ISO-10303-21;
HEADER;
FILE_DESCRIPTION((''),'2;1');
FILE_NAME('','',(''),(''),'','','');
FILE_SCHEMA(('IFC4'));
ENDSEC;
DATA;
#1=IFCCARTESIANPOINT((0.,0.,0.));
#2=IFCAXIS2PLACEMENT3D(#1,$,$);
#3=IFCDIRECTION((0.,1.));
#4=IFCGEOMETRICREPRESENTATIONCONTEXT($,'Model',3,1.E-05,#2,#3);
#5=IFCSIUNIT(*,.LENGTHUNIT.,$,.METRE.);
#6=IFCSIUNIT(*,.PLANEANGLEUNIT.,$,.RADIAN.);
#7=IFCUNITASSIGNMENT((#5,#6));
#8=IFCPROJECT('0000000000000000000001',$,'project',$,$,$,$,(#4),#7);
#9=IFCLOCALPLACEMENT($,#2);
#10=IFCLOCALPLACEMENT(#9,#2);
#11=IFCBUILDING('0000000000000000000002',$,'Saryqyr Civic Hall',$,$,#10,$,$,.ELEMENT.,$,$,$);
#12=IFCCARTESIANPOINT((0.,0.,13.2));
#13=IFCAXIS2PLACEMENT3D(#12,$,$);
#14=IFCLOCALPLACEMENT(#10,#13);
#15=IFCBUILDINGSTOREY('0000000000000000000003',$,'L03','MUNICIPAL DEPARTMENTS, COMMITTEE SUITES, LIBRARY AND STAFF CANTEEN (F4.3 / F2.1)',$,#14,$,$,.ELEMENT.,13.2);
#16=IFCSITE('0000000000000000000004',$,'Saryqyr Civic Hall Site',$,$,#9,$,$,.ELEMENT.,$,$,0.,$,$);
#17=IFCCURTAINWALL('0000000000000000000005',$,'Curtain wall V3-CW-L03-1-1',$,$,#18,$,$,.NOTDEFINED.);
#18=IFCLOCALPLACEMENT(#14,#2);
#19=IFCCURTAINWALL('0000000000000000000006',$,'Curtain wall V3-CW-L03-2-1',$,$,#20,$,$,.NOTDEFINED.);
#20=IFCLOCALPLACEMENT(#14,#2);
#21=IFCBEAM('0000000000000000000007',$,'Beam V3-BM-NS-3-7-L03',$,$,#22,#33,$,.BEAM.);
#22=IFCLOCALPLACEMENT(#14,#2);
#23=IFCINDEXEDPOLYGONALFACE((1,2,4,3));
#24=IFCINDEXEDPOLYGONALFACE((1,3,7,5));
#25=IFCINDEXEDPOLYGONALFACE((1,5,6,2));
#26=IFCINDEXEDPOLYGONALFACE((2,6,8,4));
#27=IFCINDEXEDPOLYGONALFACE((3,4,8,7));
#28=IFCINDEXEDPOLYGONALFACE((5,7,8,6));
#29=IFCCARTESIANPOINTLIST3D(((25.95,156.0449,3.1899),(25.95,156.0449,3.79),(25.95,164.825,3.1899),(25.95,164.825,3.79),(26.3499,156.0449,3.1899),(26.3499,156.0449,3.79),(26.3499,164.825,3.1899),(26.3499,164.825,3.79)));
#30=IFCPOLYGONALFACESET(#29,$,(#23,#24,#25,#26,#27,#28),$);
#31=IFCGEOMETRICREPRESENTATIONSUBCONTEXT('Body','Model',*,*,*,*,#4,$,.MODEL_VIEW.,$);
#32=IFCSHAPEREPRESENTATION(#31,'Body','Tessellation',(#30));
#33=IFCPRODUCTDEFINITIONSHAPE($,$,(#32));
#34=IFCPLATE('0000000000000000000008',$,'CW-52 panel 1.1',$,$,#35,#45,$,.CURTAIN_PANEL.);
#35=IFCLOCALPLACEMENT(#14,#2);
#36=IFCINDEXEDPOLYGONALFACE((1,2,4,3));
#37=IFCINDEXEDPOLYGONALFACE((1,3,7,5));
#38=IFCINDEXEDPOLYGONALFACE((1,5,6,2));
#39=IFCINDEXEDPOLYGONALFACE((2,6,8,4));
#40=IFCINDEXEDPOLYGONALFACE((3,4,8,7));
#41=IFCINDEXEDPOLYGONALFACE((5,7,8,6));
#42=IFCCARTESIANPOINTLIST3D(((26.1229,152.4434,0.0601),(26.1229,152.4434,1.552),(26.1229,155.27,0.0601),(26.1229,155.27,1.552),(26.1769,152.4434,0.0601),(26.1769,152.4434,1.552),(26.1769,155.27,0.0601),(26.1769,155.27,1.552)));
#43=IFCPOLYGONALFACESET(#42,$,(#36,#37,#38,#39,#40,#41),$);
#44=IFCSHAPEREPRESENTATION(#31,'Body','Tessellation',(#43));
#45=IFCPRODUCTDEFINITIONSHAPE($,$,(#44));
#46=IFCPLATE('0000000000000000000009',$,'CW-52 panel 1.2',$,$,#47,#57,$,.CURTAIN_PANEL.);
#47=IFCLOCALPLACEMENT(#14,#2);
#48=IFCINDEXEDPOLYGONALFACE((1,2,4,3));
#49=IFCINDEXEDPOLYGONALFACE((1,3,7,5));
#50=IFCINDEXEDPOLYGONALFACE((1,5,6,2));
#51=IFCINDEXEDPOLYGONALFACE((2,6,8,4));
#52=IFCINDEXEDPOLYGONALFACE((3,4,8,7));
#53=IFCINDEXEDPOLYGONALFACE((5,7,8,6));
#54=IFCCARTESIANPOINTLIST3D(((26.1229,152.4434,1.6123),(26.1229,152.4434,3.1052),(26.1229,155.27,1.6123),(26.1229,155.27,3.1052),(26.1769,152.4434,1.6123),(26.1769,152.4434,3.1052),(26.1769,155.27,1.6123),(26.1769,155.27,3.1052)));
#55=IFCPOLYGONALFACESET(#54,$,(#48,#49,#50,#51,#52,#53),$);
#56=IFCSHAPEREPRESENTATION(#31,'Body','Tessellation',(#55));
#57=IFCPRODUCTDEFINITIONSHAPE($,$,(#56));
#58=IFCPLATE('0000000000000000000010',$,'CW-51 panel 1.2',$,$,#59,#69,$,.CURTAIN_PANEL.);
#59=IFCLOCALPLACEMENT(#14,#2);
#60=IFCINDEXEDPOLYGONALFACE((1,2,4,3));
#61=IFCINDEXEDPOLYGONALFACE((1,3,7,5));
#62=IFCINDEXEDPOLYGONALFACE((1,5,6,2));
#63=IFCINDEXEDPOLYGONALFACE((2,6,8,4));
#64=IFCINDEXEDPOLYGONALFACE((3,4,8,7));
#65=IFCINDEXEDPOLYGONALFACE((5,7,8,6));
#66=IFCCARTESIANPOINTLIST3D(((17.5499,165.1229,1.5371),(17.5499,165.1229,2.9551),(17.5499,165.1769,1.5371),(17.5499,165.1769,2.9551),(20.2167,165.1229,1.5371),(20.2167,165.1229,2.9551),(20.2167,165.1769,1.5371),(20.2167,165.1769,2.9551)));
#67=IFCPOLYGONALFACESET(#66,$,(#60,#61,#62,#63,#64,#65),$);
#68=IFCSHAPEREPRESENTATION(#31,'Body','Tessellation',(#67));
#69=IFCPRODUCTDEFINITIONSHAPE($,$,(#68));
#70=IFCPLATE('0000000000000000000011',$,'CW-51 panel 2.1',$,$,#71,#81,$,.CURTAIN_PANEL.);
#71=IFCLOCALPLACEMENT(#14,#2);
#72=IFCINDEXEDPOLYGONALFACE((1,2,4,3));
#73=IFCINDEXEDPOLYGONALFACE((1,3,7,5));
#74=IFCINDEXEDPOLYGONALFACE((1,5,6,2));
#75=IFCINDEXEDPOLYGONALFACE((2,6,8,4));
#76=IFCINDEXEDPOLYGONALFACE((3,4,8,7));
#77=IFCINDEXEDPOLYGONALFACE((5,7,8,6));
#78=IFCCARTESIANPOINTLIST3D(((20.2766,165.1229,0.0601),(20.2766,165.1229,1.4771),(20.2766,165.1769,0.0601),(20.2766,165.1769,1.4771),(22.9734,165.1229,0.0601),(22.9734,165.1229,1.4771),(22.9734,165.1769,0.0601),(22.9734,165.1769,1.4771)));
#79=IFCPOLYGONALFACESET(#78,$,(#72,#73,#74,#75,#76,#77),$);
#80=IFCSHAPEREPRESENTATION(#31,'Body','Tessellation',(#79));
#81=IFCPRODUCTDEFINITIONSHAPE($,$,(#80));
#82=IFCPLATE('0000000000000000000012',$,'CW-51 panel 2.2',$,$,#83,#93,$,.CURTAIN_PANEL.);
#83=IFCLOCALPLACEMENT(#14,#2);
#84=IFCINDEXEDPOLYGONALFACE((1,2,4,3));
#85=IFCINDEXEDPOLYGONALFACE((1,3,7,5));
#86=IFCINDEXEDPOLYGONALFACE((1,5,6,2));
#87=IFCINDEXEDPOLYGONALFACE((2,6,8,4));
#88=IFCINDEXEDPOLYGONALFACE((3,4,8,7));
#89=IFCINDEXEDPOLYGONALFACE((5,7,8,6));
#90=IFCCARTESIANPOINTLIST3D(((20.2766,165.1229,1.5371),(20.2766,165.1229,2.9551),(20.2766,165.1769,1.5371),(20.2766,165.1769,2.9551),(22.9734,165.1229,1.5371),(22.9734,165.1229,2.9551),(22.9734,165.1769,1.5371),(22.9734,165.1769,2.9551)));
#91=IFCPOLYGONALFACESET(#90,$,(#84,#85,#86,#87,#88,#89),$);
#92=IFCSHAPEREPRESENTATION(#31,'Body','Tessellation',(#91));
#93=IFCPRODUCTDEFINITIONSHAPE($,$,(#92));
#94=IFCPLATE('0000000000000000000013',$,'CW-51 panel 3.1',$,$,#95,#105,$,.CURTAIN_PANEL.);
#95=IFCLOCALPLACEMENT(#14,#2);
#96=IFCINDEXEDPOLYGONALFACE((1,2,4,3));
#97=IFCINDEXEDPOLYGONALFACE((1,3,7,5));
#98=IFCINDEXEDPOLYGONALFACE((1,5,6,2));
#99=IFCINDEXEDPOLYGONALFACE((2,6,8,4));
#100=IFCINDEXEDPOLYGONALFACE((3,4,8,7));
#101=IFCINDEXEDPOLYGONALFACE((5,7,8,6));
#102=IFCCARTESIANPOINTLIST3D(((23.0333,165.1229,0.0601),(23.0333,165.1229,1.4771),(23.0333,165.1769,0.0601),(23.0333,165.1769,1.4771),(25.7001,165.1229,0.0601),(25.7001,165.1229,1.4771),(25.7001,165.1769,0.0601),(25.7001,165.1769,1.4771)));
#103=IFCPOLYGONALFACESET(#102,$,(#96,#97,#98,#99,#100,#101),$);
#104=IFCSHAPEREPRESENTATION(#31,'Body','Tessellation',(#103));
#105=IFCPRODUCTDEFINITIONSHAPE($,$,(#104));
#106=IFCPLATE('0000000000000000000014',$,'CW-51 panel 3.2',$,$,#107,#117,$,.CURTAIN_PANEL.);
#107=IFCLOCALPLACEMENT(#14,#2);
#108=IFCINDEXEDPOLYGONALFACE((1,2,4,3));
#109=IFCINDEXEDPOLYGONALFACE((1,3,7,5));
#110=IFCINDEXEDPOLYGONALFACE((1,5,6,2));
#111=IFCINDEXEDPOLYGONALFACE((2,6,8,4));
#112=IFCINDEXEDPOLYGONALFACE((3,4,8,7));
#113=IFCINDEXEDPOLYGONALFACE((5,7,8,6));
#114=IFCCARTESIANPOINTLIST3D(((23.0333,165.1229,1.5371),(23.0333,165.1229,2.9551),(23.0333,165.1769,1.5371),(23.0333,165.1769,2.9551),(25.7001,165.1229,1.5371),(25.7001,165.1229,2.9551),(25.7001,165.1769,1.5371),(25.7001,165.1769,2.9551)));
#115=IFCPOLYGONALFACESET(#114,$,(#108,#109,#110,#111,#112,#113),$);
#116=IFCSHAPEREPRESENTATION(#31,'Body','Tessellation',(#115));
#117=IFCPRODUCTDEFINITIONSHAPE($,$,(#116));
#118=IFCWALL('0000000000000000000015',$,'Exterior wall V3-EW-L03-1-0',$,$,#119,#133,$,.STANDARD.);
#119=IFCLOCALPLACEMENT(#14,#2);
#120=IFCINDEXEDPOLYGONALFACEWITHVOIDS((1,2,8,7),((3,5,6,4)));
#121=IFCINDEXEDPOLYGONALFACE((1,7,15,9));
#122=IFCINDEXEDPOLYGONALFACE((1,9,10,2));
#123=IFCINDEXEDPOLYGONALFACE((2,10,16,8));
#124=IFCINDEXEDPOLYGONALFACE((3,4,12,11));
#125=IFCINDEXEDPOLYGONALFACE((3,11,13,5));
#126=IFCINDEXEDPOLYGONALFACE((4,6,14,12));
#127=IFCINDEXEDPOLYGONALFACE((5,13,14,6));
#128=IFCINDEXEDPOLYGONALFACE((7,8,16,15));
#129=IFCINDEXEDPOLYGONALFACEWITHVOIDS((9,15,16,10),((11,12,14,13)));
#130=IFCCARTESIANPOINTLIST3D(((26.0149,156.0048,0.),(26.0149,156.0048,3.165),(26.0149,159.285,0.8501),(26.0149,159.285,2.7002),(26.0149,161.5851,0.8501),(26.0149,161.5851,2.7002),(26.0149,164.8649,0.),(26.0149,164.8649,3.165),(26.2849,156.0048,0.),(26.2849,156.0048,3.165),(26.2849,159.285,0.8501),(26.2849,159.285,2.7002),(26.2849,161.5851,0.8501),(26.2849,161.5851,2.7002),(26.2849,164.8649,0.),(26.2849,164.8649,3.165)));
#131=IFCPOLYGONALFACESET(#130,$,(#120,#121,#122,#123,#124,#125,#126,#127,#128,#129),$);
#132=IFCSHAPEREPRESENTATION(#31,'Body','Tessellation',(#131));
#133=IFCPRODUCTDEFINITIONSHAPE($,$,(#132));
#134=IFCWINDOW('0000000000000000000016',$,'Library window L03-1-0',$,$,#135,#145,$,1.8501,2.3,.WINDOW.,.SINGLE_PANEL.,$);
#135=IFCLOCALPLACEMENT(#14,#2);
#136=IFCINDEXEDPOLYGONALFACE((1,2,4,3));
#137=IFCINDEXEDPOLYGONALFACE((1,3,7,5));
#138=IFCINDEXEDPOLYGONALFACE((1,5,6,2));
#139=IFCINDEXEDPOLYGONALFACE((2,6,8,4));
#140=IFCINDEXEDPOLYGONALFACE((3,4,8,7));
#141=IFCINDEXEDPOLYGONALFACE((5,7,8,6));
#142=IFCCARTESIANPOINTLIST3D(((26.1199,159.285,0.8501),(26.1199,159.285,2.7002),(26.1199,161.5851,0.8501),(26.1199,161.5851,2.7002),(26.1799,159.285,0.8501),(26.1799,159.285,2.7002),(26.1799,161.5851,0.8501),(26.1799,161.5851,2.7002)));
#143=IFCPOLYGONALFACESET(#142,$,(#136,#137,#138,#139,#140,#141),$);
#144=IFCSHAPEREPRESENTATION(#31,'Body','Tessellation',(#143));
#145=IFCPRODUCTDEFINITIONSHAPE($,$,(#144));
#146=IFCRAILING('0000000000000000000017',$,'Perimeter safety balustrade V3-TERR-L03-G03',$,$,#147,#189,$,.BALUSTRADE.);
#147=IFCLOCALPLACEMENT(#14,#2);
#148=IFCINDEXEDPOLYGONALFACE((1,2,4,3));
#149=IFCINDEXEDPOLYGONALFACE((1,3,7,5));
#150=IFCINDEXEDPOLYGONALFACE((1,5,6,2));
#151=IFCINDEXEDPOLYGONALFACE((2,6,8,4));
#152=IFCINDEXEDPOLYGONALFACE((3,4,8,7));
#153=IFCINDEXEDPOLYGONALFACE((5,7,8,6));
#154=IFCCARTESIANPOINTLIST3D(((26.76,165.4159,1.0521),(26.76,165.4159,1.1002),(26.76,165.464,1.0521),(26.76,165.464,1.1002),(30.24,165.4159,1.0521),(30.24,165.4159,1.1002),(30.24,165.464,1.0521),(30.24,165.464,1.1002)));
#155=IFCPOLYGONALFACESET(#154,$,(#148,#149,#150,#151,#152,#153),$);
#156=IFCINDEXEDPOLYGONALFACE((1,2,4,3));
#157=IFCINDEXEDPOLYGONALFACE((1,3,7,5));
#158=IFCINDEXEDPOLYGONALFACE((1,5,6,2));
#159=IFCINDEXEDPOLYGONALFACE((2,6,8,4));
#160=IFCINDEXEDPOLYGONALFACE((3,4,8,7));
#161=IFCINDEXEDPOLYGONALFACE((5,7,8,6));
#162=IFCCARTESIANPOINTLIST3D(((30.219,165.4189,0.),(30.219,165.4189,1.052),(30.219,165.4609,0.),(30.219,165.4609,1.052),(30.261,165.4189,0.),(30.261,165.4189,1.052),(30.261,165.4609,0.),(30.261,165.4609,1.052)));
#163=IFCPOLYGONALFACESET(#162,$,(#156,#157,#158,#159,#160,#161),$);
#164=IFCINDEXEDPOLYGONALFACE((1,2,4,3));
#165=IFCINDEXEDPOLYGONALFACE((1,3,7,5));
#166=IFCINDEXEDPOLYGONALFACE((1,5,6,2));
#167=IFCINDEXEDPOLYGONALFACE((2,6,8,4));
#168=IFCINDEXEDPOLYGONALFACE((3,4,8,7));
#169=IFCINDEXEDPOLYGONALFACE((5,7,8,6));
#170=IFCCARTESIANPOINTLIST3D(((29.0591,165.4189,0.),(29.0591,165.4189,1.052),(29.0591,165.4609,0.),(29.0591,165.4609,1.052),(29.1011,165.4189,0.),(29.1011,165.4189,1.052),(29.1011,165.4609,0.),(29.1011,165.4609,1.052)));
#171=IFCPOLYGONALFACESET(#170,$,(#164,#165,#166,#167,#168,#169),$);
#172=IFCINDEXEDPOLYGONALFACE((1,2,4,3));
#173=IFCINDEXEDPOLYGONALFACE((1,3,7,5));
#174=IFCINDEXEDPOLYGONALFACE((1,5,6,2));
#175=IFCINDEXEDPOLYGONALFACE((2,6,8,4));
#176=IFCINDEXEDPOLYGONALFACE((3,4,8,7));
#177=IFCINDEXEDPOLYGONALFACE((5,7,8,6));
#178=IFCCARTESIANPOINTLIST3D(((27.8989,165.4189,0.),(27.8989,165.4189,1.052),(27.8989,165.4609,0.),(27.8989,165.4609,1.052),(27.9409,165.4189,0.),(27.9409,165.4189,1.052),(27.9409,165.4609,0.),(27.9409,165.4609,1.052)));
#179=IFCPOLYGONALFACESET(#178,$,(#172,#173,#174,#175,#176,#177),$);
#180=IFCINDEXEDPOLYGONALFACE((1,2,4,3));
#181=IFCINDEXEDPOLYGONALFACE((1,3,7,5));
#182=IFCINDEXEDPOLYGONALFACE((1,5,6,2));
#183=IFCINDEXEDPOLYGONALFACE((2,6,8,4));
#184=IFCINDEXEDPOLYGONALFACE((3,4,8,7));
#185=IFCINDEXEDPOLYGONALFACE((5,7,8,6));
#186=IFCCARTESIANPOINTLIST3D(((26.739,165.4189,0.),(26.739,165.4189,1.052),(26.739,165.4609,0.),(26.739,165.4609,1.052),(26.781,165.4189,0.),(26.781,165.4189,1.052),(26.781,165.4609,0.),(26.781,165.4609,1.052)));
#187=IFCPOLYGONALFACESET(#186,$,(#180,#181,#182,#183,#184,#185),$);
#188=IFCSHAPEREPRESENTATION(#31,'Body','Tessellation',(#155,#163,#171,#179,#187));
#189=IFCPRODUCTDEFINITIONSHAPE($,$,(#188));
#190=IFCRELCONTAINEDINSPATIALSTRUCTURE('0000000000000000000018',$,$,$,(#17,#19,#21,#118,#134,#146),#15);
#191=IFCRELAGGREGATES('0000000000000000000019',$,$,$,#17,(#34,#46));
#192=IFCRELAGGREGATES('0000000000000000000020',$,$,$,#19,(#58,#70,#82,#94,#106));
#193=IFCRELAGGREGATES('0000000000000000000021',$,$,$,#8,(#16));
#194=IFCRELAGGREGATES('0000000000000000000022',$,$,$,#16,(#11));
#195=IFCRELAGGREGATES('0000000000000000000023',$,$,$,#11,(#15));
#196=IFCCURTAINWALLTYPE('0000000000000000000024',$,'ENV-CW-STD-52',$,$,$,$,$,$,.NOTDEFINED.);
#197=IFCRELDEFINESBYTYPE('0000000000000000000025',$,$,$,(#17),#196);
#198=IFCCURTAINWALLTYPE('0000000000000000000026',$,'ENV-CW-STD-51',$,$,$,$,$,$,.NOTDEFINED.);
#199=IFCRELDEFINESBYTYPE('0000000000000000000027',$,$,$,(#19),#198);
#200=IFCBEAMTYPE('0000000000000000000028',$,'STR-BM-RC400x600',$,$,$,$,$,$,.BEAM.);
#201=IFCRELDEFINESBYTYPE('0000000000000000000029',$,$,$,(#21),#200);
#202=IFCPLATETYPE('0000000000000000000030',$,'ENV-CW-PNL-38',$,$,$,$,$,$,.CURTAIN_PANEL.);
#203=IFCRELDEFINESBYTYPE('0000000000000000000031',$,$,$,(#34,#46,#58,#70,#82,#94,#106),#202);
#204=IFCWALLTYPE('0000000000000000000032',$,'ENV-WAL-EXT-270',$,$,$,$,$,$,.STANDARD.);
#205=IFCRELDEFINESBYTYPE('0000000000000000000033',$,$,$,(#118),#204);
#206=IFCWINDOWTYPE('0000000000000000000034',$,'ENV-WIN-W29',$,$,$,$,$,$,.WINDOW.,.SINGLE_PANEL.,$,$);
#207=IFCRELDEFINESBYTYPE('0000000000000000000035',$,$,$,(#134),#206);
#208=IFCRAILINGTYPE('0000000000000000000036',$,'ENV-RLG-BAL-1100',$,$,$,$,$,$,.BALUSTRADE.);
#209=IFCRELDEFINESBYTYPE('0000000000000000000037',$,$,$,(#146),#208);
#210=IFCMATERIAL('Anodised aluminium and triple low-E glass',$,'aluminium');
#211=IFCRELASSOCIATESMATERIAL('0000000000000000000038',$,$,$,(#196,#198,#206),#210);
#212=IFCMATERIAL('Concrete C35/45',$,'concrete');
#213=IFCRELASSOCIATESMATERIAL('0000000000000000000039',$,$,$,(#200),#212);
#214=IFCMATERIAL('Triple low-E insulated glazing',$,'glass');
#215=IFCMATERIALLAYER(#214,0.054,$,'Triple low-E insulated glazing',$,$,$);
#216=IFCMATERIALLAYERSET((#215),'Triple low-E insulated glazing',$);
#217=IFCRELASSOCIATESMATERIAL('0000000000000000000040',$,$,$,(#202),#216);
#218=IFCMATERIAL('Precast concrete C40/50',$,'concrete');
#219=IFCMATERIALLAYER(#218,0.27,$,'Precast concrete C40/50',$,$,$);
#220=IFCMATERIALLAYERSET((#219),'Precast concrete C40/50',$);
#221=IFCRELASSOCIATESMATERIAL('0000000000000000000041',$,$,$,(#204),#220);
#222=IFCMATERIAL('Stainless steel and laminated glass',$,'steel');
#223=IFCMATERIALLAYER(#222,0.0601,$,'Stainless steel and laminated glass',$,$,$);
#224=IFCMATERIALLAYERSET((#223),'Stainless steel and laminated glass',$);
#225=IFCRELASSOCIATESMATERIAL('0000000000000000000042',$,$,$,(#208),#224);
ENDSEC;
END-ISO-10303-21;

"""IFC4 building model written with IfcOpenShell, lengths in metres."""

from ifc_helpers import new_model, si_unit, direction, frame, frame_2d, origin, origin_2d, place, context, subcontext, project, spatial, rectangle, extrude, material, layer, layer_set, material_profile, profile_set, type_object, element, fill, aggregate, save


model = new_model("IFC4")

# Units and contexts
model_context = context("Model", 3, precision=1e-05, world=origin(), true_north=direction((0.0, 1.0)))
body_context = subcontext(model_context, "Body", "Model", "MODEL_VIEW")
ifc_project = project(units=[si_unit("LENGTHUNIT", "METRE"), si_unit("PLANEANGLEUNIT", "RADIAN")], contexts=[model_context])

# Site, building, storey
site_placement = place(None, origin())
site = spatial("IfcSite", under=ifc_project, at=site_placement, Name="Saryqyr Civic Hall Site", CompositionType="ELEMENT", RefElevation=0.0)
building_placement = place(site_placement, origin())
building = spatial("IfcBuilding", under=site, at=building_placement, Name="Saryqyr Civic Hall", CompositionType="ELEMENT")
storey_placement = place(building_placement, frame((0.0, 0.0, 13.2)))
storey = spatial("IfcBuildingStorey", under=building, at=storey_placement, Name="L03", Description="MUNICIPAL DEPARTMENTS, COMMITTEE SUITES, LIBRARY AND STAFF CANTEEN (F4.3 / F2.1)", CompositionType="ELEMENT", Elevation=13.2)

# Curtain wall
ifc_material_1 = material(Name="Anodised aluminium and triple low-E glass", Category="aluminium")
curtain_wall_type_1 = type_object("IfcCurtainWallType", Name="ENV-CW-STD-52", PredefinedType="NOTDEFINED", material=ifc_material_1)
curtain_wall_1_placement = place(storey_placement, origin())
curtain_wall_1 = element("IfcCurtainWall", 1, at=curtain_wall_1_placement, inside=storey, type_object=curtain_wall_type_1, Name="Curtain wall V3-CW-L03-1-1", PredefinedType="NOTDEFINED")

# Curtain wall
curtain_wall_type_2 = type_object("IfcCurtainWallType", Name="ENV-CW-STD-51", PredefinedType="NOTDEFINED", material=ifc_material_1)
curtain_wall_2_placement = place(storey_placement, origin())
curtain_wall_2 = element("IfcCurtainWall", 2, at=curtain_wall_2_placement, inside=storey, type_object=curtain_wall_type_2, Name="Curtain wall V3-CW-L03-2-1", PredefinedType="NOTDEFINED")

# Beam
ifc_material_2 = material(Name="Concrete C35/45", Category="concrete")
ifc_material_profile_1 = material_profile(ifc_material_2, rectangle(XDim=0.3999, YDim=0.6001, at=origin_2d()), Name="RC 400x600")
ifc_profile_set_1 = profile_set([ifc_material_profile_1], Name="Concrete C35/45")
beam_type = type_object("IfcBeamType", Name="STR-BM-RC400x600", PredefinedType="BEAM", material=ifc_profile_set_1)
beam_placement = place(storey_placement, frame((26.1499, 156.0449, 3.49), z_axis=(0.0, 1.0, 0.0), x_axis=(-1.0, 0.0, 0.0)))
element("IfcBeam", 3, at=beam_placement, inside=storey, type_object=beam_type, Name="Beam V3-BM-NS-3-7-L03", PredefinedType="BEAM", context=body_context, shape_type="SweptSolid", body=[
    extrude(rectangle(XDim=0.3999, YDim=0.6001, at=origin_2d()), origin(), (0.0, 0.0, 1.0), 8.78),
])

# Plates
ifc_material_3 = material(Name="Triple low-E insulated glazing", Category="glass")
ifc_layer_1 = layer(ifc_material_3, 0.054, Name="Triple low-E insulated glazing")
ifc_layer_set_1 = layer_set([ifc_layer_1], Name="Triple low-E insulated glazing")
plate_type = type_object("IfcPlateType", Name="ENV-CW-PNL-38", PredefinedType="CURTAIN_PANEL", material=ifc_layer_set_1)
plate_1_placement = place(storey_placement, frame((26.1499, 153.8567, 0.0601), z_axis=(0.0, 0.0, 1.0), x_axis=(0.0, -1.0, 0.0)))
plate_1 = element("IfcPlate", 4, at=plate_1_placement, type_object=plate_type, Name="CW-52 panel 1.1", PredefinedType="CURTAIN_PANEL", context=body_context, shape_type="SweptSolid", body=[
    extrude(rectangle(XDim=2.8267, YDim=0.054, at=origin_2d()), origin(), (0.0, 0.0, 1.0), 1.4919),
])
plate_2_placement = place(storey_placement, frame((26.1499, 153.8567, 1.6123), z_axis=(0.0, 0.0, 1.0), x_axis=(0.0, -1.0, 0.0)))
plate_2 = element("IfcPlate", 5, at=plate_2_placement, type_object=plate_type, Name="CW-52 panel 1.2", PredefinedType="CURTAIN_PANEL", context=body_context, shape_type="SweptSolid", body=[
    extrude(rectangle(XDim=2.8267, YDim=0.054, at=origin_2d()), origin(), (0.0, 0.0, 1.0), 1.4929),
])
aggregate(curtain_wall_1, [plate_1, plate_2])
plate_3_placement = place(storey_placement, frame((18.8833, 165.1499, 1.5371), z_axis=(0.0, 0.0, 1.0), x_axis=(1.0, 0.0, 0.0)))
plate_3 = element("IfcPlate", 6, at=plate_3_placement, type_object=plate_type, Name="CW-51 panel 1.2", PredefinedType="CURTAIN_PANEL", context=body_context, shape_type="SweptSolid", body=[
    extrude(rectangle(XDim=2.6667, YDim=0.054, at=origin_2d()), origin(), (0.0, 0.0, 1.0), 1.418),
])
plate_4_placement = place(storey_placement, frame((21.625, 165.1499, 0.0601), z_axis=(0.0, 0.0, 1.0), x_axis=(1.0, 0.0, 0.0)))
plate_4 = element("IfcPlate", 7, at=plate_4_placement, type_object=plate_type, Name="CW-51 panel 2.1", PredefinedType="CURTAIN_PANEL", context=body_context, shape_type="SweptSolid", body=[
    extrude(rectangle(XDim=2.6968, YDim=0.054, at=origin_2d()), origin(), (0.0, 0.0, 1.0), 1.417),
])
plate_5_placement = place(storey_placement, frame((21.625, 165.1499, 1.5371), z_axis=(0.0, 0.0, 1.0), x_axis=(1.0, 0.0, 0.0)))
plate_5 = element("IfcPlate", 8, at=plate_5_placement, type_object=plate_type, Name="CW-51 panel 2.2", PredefinedType="CURTAIN_PANEL", context=body_context, shape_type="SweptSolid", body=[
    extrude(rectangle(XDim=2.6968, YDim=0.054, at=origin_2d()), origin(), (0.0, 0.0, 1.0), 1.418),
])
plate_6_placement = place(storey_placement, frame((24.3667, 165.1499, 0.0601), z_axis=(0.0, 0.0, 1.0), x_axis=(1.0, 0.0, 0.0)))
plate_6 = element("IfcPlate", 9, at=plate_6_placement, type_object=plate_type, Name="CW-51 panel 3.1", PredefinedType="CURTAIN_PANEL", context=body_context, shape_type="SweptSolid", body=[
    extrude(rectangle(XDim=2.6667, YDim=0.054, at=origin_2d()), origin(), (0.0, 0.0, 1.0), 1.417),
])
plate_7_placement = place(storey_placement, frame((24.3667, 165.1499, 1.5371), z_axis=(0.0, 0.0, 1.0), x_axis=(1.0, 0.0, 0.0)))
plate_7 = element("IfcPlate", 10, at=plate_7_placement, type_object=plate_type, Name="CW-51 panel 3.2", PredefinedType="CURTAIN_PANEL", context=body_context, shape_type="SweptSolid", body=[
    extrude(rectangle(XDim=2.6667, YDim=0.054, at=origin_2d()), origin(), (0.0, 0.0, 1.0), 1.418),
])
aggregate(curtain_wall_2, [plate_3, plate_4, plate_5, plate_6, plate_7])

# Wall, opening, window
ifc_material_4 = material(Name="Precast concrete C40/50", Category="concrete")
ifc_layer_2 = layer(ifc_material_4, 0.27, Name="Precast concrete C40/50")
ifc_layer_set_2 = layer_set([ifc_layer_2], Name="Precast concrete C40/50")
wall_type = type_object("IfcWallType", Name="ENV-WAL-EXT-270", PredefinedType="STANDARD", material=ifc_layer_set_2)
wall_placement = place(storey_placement, frame((26.1499, 164.865, 0.0), z_axis=(0.0, 0.0, 1.0), x_axis=(0.0, -1.0, 0.0)))
wall = element("IfcWall", 11, at=wall_placement, inside=storey, type_object=wall_type, Name="Exterior wall V3-EW-L03-1-0", PredefinedType="STANDARD", context=body_context, shape_type="SweptSolid", body=[
    extrude(rectangle(XDim=8.8601, YDim=0.27, at=frame_2d((4.4302, 0.0))), origin(), (0.0, 0.0, 1.0), 3.165),
])
opening_placement = place(wall_placement, frame((3.28, 0.0, 0.8501)))
opening = element("IfcOpeningElement", 12, at=opening_placement, cuts=wall, PredefinedType="OPENING", context=body_context, shape_type="SweptSolid", body=[
    extrude(rectangle(XDim=2.3, YDim=1.8501, at=frame_2d((1.1499, 0.925))), frame((0.0, 0.145, 0.0), z_axis=(0.0, -1.0, 0.0), x_axis=(1.0, 0.0, 0.0)), (0.0, 0.0, 1.0), 0.29),
])
window_type = type_object("IfcWindowType", Name="ENV-WIN-W29", PartitioningType="SINGLE_PANEL", PredefinedType="WINDOW", material=ifc_material_1)
window_placement = place(opening_placement, origin())
window = element("IfcWindow", 13, at=window_placement, inside=storey, type_object=window_type, Name="Library window L03-1-0", OverallHeight=1.8501, OverallWidth=2.3, PartitioningType="SINGLE_PANEL", PredefinedType="WINDOW", context=body_context, shape_type="SweptSolid", body=[
    extrude(rectangle(XDim=2.3, YDim=1.8501, at=frame_2d((1.1499, 0.925))), frame((0.0, 0.03, 0.0), z_axis=(0.0, -1.0, 0.0), x_axis=(1.0, 0.0, 0.0)), (0.0, 0.0, 1.0), 0.0601),
])
fill(opening, window)

# Railing
ifc_material_5 = material(Name="Stainless steel and laminated glass", Category="steel")
ifc_layer_3 = layer(ifc_material_5, 0.0601, Name="Stainless steel and laminated glass")
ifc_layer_set_3 = layer_set([ifc_layer_3], Name="Stainless steel and laminated glass")
railing_type = type_object("IfcRailingType", Name="ENV-RLG-BAL-1100", PredefinedType="BALUSTRADE", material=ifc_layer_set_3)
railing_1_placement = place(storey_placement, frame((30.24, 165.4399, 0.0)))
element("IfcRailing", 14, at=railing_1_placement, inside=storey, type_object=railing_type, Name="Perimeter safety balustrade V3-TERR-L03-G03", PredefinedType="BALUSTRADE", context=body_context, shape_type="SweptSolid", body=[
    extrude(rectangle(XDim=0.0481, YDim=0.0481, at=origin_2d()), frame((0.0, 0.0, 1.0762), z_axis=(-1.0, 0.0, 0.0), x_axis=(0.0, -1.0, 0.0)), (0.0, 0.0, 1.0), 3.48),
    extrude(rectangle(XDim=0.042, YDim=0.042, at=origin_2d()), origin(), (0.0, 0.0, 1.0), 1.052),
    extrude(rectangle(XDim=0.042, YDim=0.042, at=origin_2d()), frame((-1.1599, 0.0, 0.0)), (0.0, 0.0, 1.0), 1.052),
    extrude(rectangle(XDim=0.042, YDim=0.042, at=origin_2d()), frame((-2.3201, 0.0, 0.0)), (0.0, 0.0, 1.0), 1.052),
    extrude(rectangle(XDim=0.042, YDim=0.042, at=origin_2d()), frame((-3.48, 0.0, 0.0)), (0.0, 0.0, 1.0), 1.052),
])

save(model, "model.ifc")
